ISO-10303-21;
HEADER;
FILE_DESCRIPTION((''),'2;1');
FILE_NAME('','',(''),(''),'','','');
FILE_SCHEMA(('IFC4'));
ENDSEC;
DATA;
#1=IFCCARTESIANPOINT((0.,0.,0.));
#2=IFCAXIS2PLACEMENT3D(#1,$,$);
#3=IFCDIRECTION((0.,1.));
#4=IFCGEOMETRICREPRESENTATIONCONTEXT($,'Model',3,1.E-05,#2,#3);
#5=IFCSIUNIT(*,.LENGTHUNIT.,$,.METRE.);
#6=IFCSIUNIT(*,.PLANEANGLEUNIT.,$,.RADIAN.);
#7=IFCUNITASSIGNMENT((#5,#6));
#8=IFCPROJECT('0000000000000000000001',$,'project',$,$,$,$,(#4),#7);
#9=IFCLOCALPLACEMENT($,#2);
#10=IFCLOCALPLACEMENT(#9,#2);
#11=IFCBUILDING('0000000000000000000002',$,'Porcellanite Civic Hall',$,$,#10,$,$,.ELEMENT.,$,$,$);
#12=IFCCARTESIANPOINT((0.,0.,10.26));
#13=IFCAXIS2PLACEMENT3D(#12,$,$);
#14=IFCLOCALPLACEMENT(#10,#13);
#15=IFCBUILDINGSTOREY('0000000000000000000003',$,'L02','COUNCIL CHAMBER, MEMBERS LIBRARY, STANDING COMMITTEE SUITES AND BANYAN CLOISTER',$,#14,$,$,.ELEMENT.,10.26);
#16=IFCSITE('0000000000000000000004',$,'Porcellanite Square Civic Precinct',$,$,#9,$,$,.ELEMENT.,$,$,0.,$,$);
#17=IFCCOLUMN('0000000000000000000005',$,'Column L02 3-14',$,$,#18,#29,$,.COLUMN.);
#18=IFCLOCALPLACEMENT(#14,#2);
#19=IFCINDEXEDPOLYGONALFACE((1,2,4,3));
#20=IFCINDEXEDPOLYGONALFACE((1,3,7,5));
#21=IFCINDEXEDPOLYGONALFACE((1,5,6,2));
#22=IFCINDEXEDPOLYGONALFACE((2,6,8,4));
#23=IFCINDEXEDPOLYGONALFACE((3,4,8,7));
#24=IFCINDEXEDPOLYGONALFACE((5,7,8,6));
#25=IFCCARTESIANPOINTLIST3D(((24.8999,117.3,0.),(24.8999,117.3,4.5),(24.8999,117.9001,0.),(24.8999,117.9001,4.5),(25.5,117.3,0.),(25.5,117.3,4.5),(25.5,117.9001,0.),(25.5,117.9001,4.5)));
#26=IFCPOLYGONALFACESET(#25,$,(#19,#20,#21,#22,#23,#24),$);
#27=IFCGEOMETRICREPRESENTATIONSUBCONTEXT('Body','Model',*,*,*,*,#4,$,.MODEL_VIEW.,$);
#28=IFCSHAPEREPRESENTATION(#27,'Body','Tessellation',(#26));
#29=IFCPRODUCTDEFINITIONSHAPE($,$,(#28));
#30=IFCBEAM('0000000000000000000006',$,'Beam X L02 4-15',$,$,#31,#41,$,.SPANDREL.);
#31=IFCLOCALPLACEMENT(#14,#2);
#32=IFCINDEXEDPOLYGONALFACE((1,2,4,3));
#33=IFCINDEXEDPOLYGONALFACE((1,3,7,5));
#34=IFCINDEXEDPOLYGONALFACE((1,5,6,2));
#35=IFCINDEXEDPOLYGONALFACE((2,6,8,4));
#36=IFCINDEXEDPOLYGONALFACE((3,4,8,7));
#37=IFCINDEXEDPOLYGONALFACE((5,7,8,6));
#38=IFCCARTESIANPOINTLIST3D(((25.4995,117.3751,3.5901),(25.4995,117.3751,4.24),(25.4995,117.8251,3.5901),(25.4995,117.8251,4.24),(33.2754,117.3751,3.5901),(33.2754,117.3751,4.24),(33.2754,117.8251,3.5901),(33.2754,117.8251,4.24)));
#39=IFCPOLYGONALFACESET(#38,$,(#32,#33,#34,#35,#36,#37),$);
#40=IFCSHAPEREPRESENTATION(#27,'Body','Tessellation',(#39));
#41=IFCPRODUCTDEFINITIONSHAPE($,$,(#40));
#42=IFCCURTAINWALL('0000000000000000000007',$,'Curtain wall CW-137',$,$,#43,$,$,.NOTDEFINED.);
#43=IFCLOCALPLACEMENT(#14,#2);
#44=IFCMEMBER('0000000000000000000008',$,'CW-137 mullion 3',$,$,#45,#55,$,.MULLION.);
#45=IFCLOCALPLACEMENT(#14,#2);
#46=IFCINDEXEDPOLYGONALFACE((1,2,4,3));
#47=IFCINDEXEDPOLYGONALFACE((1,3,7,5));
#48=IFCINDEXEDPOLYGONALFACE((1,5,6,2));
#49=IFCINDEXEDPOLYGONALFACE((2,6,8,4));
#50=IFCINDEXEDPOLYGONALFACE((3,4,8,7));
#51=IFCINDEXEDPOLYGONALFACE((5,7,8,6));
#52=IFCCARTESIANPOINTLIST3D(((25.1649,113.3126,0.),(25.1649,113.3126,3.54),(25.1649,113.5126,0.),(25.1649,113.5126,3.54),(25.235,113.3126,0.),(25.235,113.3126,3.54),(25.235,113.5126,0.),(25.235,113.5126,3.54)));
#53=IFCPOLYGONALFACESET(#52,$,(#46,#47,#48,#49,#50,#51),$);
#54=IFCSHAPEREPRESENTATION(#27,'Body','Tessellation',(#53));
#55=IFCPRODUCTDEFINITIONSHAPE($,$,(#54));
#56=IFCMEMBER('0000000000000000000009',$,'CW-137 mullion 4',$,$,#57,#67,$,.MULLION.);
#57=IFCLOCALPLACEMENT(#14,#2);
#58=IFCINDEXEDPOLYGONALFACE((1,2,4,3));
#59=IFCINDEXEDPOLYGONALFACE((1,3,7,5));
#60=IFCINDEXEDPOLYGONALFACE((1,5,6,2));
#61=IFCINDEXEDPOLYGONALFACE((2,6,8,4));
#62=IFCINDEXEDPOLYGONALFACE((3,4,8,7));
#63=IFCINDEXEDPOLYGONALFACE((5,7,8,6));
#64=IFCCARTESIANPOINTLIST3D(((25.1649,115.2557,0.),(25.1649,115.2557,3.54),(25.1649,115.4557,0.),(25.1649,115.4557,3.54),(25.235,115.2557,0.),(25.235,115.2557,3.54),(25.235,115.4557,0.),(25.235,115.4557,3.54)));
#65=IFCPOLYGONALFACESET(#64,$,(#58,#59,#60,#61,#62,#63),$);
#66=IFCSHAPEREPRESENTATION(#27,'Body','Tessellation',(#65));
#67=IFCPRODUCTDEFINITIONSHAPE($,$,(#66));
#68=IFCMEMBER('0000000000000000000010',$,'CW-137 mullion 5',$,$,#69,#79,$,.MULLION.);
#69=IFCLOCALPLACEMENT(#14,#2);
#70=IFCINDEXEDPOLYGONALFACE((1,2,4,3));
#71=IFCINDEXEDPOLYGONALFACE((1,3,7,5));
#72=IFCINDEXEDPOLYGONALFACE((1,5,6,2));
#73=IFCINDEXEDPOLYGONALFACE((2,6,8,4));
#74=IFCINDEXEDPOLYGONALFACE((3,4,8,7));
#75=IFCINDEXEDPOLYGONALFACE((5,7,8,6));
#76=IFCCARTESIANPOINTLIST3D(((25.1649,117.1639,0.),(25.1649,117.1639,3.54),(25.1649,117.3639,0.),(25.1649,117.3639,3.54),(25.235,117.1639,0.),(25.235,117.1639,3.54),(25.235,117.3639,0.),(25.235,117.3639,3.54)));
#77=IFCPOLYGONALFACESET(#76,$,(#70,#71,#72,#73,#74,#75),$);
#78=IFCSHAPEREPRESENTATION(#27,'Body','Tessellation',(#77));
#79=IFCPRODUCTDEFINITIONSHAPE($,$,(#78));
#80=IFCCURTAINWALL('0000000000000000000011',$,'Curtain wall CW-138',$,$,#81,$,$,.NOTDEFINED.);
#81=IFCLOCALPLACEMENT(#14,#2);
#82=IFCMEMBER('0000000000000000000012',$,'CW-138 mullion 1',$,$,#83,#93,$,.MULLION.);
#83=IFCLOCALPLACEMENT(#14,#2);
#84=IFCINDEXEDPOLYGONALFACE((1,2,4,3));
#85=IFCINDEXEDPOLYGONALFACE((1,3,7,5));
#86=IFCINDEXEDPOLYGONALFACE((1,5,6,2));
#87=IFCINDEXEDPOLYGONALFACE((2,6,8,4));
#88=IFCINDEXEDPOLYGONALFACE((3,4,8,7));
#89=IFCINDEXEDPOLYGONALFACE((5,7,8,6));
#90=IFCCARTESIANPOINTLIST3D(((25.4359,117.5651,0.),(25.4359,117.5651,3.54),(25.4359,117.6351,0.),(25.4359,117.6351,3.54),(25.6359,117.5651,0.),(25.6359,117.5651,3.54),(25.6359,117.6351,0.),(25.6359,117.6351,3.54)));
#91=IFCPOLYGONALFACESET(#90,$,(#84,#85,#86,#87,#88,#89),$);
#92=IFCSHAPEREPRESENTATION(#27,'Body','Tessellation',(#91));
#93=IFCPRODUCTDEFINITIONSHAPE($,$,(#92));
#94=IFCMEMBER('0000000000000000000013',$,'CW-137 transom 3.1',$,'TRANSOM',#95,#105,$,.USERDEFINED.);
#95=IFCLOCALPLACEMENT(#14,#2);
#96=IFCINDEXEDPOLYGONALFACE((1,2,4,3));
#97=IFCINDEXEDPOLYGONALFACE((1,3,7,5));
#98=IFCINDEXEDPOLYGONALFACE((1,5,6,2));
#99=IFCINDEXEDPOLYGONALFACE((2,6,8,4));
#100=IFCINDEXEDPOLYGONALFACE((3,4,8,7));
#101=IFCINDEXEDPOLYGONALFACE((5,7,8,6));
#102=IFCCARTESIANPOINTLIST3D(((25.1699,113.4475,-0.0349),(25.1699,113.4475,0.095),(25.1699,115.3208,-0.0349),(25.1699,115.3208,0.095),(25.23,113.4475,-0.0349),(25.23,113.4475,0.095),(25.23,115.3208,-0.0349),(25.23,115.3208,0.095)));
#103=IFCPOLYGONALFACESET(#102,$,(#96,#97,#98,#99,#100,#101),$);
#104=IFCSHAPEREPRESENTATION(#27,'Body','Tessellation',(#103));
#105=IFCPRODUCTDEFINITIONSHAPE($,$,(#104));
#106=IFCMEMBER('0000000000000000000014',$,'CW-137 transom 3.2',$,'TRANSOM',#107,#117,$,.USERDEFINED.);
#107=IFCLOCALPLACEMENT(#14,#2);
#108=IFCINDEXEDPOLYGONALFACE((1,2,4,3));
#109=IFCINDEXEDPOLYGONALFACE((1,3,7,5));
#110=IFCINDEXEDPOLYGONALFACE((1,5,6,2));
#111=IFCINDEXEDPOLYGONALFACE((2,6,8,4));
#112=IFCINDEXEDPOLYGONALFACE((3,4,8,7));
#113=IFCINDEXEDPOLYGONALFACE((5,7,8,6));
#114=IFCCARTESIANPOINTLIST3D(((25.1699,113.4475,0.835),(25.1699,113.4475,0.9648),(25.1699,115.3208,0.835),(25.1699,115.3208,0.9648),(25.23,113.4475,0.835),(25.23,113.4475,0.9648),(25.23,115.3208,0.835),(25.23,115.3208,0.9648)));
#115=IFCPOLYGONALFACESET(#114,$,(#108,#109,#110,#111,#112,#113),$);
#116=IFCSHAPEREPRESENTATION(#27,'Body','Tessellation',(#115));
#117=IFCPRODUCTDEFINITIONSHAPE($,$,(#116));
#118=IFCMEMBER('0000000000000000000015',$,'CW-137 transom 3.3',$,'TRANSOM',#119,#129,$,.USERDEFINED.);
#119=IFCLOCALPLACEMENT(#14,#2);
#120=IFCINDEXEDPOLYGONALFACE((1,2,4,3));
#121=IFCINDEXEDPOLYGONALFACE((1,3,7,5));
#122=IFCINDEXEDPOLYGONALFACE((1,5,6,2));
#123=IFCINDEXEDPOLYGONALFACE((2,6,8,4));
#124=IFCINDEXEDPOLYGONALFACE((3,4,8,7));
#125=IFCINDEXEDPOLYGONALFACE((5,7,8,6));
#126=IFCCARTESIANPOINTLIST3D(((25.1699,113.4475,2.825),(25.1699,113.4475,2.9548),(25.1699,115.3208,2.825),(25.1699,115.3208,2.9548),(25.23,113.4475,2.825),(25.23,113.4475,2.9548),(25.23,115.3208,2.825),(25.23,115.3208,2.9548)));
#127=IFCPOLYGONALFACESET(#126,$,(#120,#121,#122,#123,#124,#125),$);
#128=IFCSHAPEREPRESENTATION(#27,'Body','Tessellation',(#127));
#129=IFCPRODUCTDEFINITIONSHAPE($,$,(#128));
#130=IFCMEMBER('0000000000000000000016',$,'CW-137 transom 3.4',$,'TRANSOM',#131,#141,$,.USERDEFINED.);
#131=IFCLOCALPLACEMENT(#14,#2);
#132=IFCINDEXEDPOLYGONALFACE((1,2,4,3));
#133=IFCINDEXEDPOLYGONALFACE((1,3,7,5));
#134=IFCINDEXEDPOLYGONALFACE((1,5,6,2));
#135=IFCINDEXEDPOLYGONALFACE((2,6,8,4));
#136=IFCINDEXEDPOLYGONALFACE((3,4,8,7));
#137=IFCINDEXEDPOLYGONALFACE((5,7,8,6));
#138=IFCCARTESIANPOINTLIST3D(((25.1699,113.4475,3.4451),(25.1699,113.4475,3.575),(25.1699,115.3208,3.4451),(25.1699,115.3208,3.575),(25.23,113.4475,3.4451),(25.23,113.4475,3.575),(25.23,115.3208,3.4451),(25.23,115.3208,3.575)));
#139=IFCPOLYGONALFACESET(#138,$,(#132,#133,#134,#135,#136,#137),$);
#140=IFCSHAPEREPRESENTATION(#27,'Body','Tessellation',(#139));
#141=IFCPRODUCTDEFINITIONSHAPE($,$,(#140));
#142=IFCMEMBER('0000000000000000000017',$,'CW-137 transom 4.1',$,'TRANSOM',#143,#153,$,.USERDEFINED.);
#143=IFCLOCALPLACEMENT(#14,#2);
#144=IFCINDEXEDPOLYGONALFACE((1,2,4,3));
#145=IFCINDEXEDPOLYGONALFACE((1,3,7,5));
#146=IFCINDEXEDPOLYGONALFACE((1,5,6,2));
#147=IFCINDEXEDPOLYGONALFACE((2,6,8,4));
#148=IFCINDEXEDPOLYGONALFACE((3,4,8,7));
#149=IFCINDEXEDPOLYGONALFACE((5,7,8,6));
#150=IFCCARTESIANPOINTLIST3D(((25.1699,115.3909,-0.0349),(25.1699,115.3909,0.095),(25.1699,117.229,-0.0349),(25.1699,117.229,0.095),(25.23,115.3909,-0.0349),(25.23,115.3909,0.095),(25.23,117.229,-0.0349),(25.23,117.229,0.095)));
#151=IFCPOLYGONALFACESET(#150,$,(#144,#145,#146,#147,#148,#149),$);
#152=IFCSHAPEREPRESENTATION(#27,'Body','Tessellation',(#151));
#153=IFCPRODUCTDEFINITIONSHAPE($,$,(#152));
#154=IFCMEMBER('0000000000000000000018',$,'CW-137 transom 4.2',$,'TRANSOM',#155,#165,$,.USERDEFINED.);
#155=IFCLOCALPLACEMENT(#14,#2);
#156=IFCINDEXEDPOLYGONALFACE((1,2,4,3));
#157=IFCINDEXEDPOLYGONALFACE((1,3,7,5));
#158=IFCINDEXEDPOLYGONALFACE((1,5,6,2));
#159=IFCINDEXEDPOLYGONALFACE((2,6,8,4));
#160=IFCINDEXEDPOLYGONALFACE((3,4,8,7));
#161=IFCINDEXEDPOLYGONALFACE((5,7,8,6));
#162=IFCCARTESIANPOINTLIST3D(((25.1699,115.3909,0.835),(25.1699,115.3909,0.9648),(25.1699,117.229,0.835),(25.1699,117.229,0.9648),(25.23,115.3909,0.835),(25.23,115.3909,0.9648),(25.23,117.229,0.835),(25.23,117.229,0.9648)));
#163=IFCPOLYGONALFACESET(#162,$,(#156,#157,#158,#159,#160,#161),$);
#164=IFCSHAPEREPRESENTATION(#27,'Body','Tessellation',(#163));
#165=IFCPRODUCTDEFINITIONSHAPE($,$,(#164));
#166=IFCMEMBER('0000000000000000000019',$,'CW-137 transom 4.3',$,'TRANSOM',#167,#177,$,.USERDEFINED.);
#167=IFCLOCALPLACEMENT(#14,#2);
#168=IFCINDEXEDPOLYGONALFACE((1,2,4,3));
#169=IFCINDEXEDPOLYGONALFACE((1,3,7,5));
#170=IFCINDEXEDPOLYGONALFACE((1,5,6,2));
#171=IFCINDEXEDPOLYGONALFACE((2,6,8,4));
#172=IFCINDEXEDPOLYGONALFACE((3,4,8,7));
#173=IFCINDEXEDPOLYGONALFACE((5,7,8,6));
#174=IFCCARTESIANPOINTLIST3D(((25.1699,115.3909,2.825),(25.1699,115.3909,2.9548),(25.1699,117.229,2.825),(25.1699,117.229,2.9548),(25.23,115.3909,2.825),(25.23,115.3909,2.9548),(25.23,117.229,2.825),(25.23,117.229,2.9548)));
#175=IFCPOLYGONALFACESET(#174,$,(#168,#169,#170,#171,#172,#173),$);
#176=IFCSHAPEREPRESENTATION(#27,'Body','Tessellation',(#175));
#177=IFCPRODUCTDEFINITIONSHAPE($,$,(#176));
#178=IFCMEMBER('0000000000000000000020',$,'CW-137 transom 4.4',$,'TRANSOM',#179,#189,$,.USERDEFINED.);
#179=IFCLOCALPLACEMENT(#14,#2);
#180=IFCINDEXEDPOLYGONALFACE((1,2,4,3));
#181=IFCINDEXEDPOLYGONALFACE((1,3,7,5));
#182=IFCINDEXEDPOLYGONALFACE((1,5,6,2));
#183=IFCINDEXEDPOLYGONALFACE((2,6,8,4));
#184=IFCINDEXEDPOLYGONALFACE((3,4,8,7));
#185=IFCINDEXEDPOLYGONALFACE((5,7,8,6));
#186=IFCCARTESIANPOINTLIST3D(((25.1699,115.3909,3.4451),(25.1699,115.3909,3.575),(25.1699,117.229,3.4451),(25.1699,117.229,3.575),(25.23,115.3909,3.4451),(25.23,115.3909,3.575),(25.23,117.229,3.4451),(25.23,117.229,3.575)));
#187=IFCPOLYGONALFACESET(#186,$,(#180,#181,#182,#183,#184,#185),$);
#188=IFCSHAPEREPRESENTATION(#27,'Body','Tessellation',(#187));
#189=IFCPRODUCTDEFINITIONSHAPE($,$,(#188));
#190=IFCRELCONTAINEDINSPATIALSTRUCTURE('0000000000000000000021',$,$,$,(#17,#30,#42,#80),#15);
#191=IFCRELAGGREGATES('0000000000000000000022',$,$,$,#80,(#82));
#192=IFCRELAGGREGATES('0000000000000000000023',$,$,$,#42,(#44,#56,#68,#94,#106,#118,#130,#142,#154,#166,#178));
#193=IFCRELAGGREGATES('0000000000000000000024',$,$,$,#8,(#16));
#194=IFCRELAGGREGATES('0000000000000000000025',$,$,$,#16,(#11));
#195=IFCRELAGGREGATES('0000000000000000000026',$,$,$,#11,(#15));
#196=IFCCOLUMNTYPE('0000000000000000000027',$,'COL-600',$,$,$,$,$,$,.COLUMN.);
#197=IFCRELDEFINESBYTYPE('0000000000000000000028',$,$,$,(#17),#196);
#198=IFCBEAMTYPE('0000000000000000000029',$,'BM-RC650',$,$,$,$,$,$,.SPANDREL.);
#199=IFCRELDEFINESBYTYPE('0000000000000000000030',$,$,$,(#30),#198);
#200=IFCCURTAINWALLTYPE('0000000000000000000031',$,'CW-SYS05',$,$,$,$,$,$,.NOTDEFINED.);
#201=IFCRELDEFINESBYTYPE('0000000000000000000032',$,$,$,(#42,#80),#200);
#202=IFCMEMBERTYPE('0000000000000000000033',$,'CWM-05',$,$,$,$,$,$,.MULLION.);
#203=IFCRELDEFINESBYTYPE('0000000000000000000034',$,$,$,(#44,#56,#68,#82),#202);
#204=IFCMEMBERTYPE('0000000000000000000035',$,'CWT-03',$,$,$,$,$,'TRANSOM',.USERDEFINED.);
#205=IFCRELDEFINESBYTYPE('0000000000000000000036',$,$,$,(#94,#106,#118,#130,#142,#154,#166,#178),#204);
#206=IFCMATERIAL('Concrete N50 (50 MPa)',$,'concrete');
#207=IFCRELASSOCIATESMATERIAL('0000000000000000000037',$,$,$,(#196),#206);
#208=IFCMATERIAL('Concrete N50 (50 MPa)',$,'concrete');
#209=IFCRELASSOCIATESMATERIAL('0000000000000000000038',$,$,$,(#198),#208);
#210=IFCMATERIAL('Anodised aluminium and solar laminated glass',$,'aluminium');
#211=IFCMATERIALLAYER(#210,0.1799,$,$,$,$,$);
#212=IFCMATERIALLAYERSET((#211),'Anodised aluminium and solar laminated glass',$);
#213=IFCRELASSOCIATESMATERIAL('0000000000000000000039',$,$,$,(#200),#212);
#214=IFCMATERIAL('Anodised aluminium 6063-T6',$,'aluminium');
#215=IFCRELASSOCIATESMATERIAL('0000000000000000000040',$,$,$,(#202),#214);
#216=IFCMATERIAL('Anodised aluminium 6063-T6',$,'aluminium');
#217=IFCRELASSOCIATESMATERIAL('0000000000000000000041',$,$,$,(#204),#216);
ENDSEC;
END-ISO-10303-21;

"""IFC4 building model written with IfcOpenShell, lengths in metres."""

from ifc_helpers import new_model, si_unit, direction, frame, origin, origin_2d, place, context, subcontext, project, spatial, rectangle, extrude, material, layer, layer_set, material_profile, profile_set, type_object, element, aggregate, save


model = new_model("IFC4")

# Units and contexts
model_context = context("Model", 3, precision=1e-05, world=origin(), true_north=direction((0.0, 1.0)))
body_context = subcontext(model_context, "Body", "Model", "MODEL_VIEW")
ifc_project = project(units=[si_unit("LENGTHUNIT", "METRE"), si_unit("PLANEANGLEUNIT", "RADIAN")], contexts=[model_context])

# Site, building, storey
site_placement = place(None, origin())
site = spatial("IfcSite", under=ifc_project, at=site_placement, Name="Porcellanite Square Civic Precinct", CompositionType="ELEMENT", RefElevation=0.0)
building_placement = place(site_placement, origin())
building = spatial("IfcBuilding", under=site, at=building_placement, Name="Porcellanite Civic Hall", CompositionType="ELEMENT")
storey_placement = place(building_placement, frame((0.0, 0.0, 10.26)))
storey = spatial("IfcBuildingStorey", under=building, at=storey_placement, Name="L02", Description="COUNCIL CHAMBER, MEMBERS LIBRARY, STANDING COMMITTEE SUITES AND BANYAN CLOISTER", CompositionType="ELEMENT", Elevation=10.26)

# Column
ifc_material_1 = material(Name="Concrete N50 (50 MPa)", Category="concrete")
ifc_material_profile_1 = material_profile(ifc_material_1, rectangle(XDim=0.6001, YDim=0.6001, at=origin_2d()), Name="RC-600x600")
ifc_profile_set_1 = profile_set([ifc_material_profile_1], Name="Concrete N50 (50 MPa)")
column_type = type_object("IfcColumnType", Name="COL-600", PredefinedType="COLUMN", material=ifc_profile_set_1)
column_placement = place(storey_placement, frame((25.2, 117.6001, 0.0), z_axis=(0.0, 0.0, 1.0), x_axis=(1.0, 0.0, 0.0)))
element("IfcColumn", 1, at=column_placement, inside=storey, type_object=column_type, Name="Column L02 3-14", PredefinedType="COLUMN", context=body_context, shape_type="SweptSolid", body=[
    extrude(rectangle(XDim=0.6001, YDim=0.6001, at=origin_2d()), origin(), (0.0, 0.0, 1.0), 4.5),
])

# Beam
ifc_material_2 = material(Name="Concrete N50 (50 MPa)", Category="concrete")
ifc_material_profile_2 = material_profile(ifc_material_2, rectangle(XDim=0.45, YDim=0.6499, at=origin_2d()), Name="RC-450x650")
ifc_profile_set_2 = profile_set([ifc_material_profile_2], Name="Concrete N50 (50 MPa)")
beam_type_1 = type_object("IfcBeamType", Name="BM-RC650", PredefinedType="SPANDREL", material=ifc_profile_set_2)
beam_1_placement = place(storey_placement, frame((25.4995, 117.6001, 3.915), z_axis=(1.0, 0.0, 0.0), x_axis=(0.0, 1.0, 0.0)))
element("IfcBeam", 2, at=beam_1_placement, inside=storey, type_object=beam_type_1, Name="Beam X L02 4-15", PredefinedType="SPANDREL", context=body_context, shape_type="SweptSolid", body=[
    extrude(rectangle(XDim=0.45, YDim=0.6499, at=origin_2d()), origin(), (0.0, 0.0, 1.0), 7.7759),
])

# Curtain wall, members
ifc_material_3 = material(Name="Anodised aluminium and solar laminated glass", Category="aluminium")
ifc_layer_1 = layer(ifc_material_3, 0.1799)
ifc_layer_set_1 = layer_set([ifc_layer_1], Name="Anodised aluminium and solar laminated glass")
curtain_wall_type = type_object("IfcCurtainWallType", Name="CW-SYS05", PredefinedType="NOTDEFINED", material=ifc_layer_set_1)
curtain_wall_1_placement = place(storey_placement, origin())
curtain_wall_1 = element("IfcCurtainWall", 3, at=curtain_wall_1_placement, inside=storey, type_object=curtain_wall_type, Name="Curtain wall CW-137", PredefinedType="NOTDEFINED")
ifc_material_4 = material(Name="Anodised aluminium 6063-T6", Category="aluminium")
ifc_material_profile_3 = material_profile(ifc_material_4, rectangle(XDim=0.0701, YDim=0.2, at=origin_2d()), Name="AL-70x200")
ifc_profile_set_3 = profile_set([ifc_material_profile_3], Name="Anodised aluminium 6063-T6")
member_type_1 = type_object("IfcMemberType", Name="CWM-05", PredefinedType="MULLION", material=ifc_profile_set_3)
member_1_placement = place(storey_placement, frame((25.2, 113.4126, 0.0), z_axis=(0.0, 0.0, 1.0), x_axis=(-1.0, 0.0, 0.0)))
member_1 = element("IfcMember", 4, at=member_1_placement, type_object=member_type_1, Name="CW-137 mullion 3", PredefinedType="MULLION", context=body_context, shape_type="SweptSolid", body=[
    extrude(rectangle(XDim=0.0701, YDim=0.2, at=origin_2d()), origin(), (0.0, 0.0, 1.0), 3.54),
])
member_2_placement = place(storey_placement, frame((25.2, 115.3557, 0.0), z_axis=(0.0, 0.0, 1.0), x_axis=(-1.0, 0.0, 0.0)))
member_2 = element("IfcMember", 5, at=member_2_placement, type_object=member_type_1, Name="CW-137 mullion 4", PredefinedType="MULLION", context=body_context, shape_type="SweptSolid", body=[
    extrude(rectangle(XDim=0.0701, YDim=0.2, at=origin_2d()), origin(), (0.0, 0.0, 1.0), 3.54),
])
member_3_placement = place(storey_placement, frame((25.2, 117.2639, 0.0), z_axis=(0.0, 0.0, 1.0), x_axis=(-1.0, 0.0, 0.0)))
member_3 = element("IfcMember", 6, at=member_3_placement, type_object=member_type_1, Name="CW-137 mullion 5", PredefinedType="MULLION", context=body_context, shape_type="SweptSolid", body=[
    extrude(rectangle(XDim=0.0701, YDim=0.2, at=origin_2d()), origin(), (0.0, 0.0, 1.0), 3.54),
])

# Curtain wall, member
curtain_wall_2_placement = place(storey_placement, origin())
curtain_wall_2 = element("IfcCurtainWall", 7, at=curtain_wall_2_placement, inside=storey, type_object=curtain_wall_type, Name="Curtain wall CW-138", PredefinedType="NOTDEFINED")
member_4_placement = place(storey_placement, frame((25.5359, 117.6001, 0.0), z_axis=(0.0, 0.0, 1.0), x_axis=(0.0, 1.0, 0.0)))
member_4 = element("IfcMember", 8, at=member_4_placement, type_object=member_type_1, Name="CW-138 mullion 1", PredefinedType="MULLION", context=body_context, shape_type="SweptSolid", body=[
    extrude(rectangle(XDim=0.0701, YDim=0.2, at=origin_2d()), origin(), (0.0, 0.0, 1.0), 3.54),
])

# Members
ifc_material_5 = material(Name="Anodised aluminium 6063-T6", Category="aluminium")
ifc_material_profile_4 = material_profile(ifc_material_5, rectangle(XDim=0.0601, YDim=0.1299, at=origin_2d()), Name="AL-60x130")
ifc_profile_set_4 = profile_set([ifc_material_profile_4], Name="Anodised aluminium 6063-T6")
member_type_2 = type_object("IfcMemberType", Name="CWT-03", ElementType="TRANSOM", PredefinedType="USERDEFINED", material=ifc_profile_set_4)
member_5_placement = place(storey_placement, frame((25.2, 113.4475, 0.03), z_axis=(0.0, 1.0, 0.0), x_axis=(-1.0, 0.0, 0.0)))
member_5 = element("IfcMember", 9, at=member_5_placement, type_object=member_type_2, Name="CW-137 transom 3.1", ObjectType="TRANSOM", PredefinedType="USERDEFINED", context=body_context, shape_type="SweptSolid", body=[
    extrude(rectangle(XDim=0.0601, YDim=0.1299, at=origin_2d()), origin(), (0.0, 0.0, 1.0), 1.8733),
])
member_6_placement = place(storey_placement, frame((25.2, 113.4475, 0.8999), z_axis=(0.0, 1.0, 0.0), x_axis=(-1.0, 0.0, 0.0)))
member_6 = element("IfcMember", 10, at=member_6_placement, type_object=member_type_2, Name="CW-137 transom 3.2", ObjectType="TRANSOM", PredefinedType="USERDEFINED", context=body_context, shape_type="SweptSolid", body=[
    extrude(rectangle(XDim=0.0601, YDim=0.1299, at=origin_2d()), origin(), (0.0, 0.0, 1.0), 1.8733),
])
member_7_placement = place(storey_placement, frame((25.2, 113.4475, 2.8899), z_axis=(0.0, 1.0, 0.0), x_axis=(-1.0, 0.0, 0.0)))
member_7 = element("IfcMember", 11, at=member_7_placement, type_object=member_type_2, Name="CW-137 transom 3.3", ObjectType="TRANSOM", PredefinedType="USERDEFINED", context=body_context, shape_type="SweptSolid", body=[
    extrude(rectangle(XDim=0.0601, YDim=0.1299, at=origin_2d()), origin(), (0.0, 0.0, 1.0), 1.8733),
])
member_8_placement = place(storey_placement, frame((25.2, 113.4475, 3.51), z_axis=(0.0, 1.0, 0.0), x_axis=(-1.0, 0.0, 0.0)))
member_8 = element("IfcMember", 12, at=member_8_placement, type_object=member_type_2, Name="CW-137 transom 3.4", ObjectType="TRANSOM", PredefinedType="USERDEFINED", context=body_context, shape_type="SweptSolid", body=[
    extrude(rectangle(XDim=0.0601, YDim=0.1299, at=origin_2d()), origin(), (0.0, 0.0, 1.0), 1.8733),
])
member_9_placement = place(storey_placement, frame((25.2, 115.3909, 0.03), z_axis=(0.0, 1.0, 0.0), x_axis=(-1.0, 0.0, 0.0)))
member_9 = element("IfcMember", 13, at=member_9_placement, type_object=member_type_2, Name="CW-137 transom 4.1", ObjectType="TRANSOM", PredefinedType="USERDEFINED", context=body_context, shape_type="SweptSolid", body=[
    extrude(rectangle(XDim=0.0601, YDim=0.1299, at=origin_2d()), origin(), (0.0, 0.0, 1.0), 1.8381),
])
member_10_placement = place(storey_placement, frame((25.2, 115.3909, 0.8999), z_axis=(0.0, 1.0, 0.0), x_axis=(-1.0, 0.0, 0.0)))
member_10 = element("IfcMember", 14, at=member_10_placement, type_object=member_type_2, Name="CW-137 transom 4.2", ObjectType="TRANSOM", PredefinedType="USERDEFINED", context=body_context, shape_type="SweptSolid", body=[
    extrude(rectangle(XDim=0.0601, YDim=0.1299, at=origin_2d()), origin(), (0.0, 0.0, 1.0), 1.8381),
])
member_11_placement = place(storey_placement, frame((25.2, 115.3909, 2.8899), z_axis=(0.0, 1.0, 0.0), x_axis=(-1.0, 0.0, 0.0)))
member_11 = element("IfcMember", 15, at=member_11_placement, type_object=member_type_2, Name="CW-137 transom 4.3", ObjectType="TRANSOM", PredefinedType="USERDEFINED", context=body_context, shape_type="SweptSolid", body=[
    extrude(rectangle(XDim=0.0601, YDim=0.1299, at=origin_2d()), origin(), (0.0, 0.0, 1.0), 1.8381),
])
member_12_placement = place(storey_placement, frame((25.2, 115.3909, 3.51), z_axis=(0.0, 1.0, 0.0), x_axis=(-1.0, 0.0, 0.0)))
member_12 = element("IfcMember", 16, at=member_12_placement, type_object=member_type_2, Name="CW-137 transom 4.4", ObjectType="TRANSOM", PredefinedType="USERDEFINED", context=body_context, shape_type="SweptSolid", body=[
    extrude(rectangle(XDim=0.0601, YDim=0.1299, at=origin_2d()), origin(), (0.0, 0.0, 1.0), 1.8381),
])
aggregate(curtain_wall_2, [member_4])

aggregate(curtain_wall_1, [member_1, member_2, member_3, member_5, member_6, member_7, member_8, member_9, member_10, member_11, member_12])

save(model, "model.ifc")
